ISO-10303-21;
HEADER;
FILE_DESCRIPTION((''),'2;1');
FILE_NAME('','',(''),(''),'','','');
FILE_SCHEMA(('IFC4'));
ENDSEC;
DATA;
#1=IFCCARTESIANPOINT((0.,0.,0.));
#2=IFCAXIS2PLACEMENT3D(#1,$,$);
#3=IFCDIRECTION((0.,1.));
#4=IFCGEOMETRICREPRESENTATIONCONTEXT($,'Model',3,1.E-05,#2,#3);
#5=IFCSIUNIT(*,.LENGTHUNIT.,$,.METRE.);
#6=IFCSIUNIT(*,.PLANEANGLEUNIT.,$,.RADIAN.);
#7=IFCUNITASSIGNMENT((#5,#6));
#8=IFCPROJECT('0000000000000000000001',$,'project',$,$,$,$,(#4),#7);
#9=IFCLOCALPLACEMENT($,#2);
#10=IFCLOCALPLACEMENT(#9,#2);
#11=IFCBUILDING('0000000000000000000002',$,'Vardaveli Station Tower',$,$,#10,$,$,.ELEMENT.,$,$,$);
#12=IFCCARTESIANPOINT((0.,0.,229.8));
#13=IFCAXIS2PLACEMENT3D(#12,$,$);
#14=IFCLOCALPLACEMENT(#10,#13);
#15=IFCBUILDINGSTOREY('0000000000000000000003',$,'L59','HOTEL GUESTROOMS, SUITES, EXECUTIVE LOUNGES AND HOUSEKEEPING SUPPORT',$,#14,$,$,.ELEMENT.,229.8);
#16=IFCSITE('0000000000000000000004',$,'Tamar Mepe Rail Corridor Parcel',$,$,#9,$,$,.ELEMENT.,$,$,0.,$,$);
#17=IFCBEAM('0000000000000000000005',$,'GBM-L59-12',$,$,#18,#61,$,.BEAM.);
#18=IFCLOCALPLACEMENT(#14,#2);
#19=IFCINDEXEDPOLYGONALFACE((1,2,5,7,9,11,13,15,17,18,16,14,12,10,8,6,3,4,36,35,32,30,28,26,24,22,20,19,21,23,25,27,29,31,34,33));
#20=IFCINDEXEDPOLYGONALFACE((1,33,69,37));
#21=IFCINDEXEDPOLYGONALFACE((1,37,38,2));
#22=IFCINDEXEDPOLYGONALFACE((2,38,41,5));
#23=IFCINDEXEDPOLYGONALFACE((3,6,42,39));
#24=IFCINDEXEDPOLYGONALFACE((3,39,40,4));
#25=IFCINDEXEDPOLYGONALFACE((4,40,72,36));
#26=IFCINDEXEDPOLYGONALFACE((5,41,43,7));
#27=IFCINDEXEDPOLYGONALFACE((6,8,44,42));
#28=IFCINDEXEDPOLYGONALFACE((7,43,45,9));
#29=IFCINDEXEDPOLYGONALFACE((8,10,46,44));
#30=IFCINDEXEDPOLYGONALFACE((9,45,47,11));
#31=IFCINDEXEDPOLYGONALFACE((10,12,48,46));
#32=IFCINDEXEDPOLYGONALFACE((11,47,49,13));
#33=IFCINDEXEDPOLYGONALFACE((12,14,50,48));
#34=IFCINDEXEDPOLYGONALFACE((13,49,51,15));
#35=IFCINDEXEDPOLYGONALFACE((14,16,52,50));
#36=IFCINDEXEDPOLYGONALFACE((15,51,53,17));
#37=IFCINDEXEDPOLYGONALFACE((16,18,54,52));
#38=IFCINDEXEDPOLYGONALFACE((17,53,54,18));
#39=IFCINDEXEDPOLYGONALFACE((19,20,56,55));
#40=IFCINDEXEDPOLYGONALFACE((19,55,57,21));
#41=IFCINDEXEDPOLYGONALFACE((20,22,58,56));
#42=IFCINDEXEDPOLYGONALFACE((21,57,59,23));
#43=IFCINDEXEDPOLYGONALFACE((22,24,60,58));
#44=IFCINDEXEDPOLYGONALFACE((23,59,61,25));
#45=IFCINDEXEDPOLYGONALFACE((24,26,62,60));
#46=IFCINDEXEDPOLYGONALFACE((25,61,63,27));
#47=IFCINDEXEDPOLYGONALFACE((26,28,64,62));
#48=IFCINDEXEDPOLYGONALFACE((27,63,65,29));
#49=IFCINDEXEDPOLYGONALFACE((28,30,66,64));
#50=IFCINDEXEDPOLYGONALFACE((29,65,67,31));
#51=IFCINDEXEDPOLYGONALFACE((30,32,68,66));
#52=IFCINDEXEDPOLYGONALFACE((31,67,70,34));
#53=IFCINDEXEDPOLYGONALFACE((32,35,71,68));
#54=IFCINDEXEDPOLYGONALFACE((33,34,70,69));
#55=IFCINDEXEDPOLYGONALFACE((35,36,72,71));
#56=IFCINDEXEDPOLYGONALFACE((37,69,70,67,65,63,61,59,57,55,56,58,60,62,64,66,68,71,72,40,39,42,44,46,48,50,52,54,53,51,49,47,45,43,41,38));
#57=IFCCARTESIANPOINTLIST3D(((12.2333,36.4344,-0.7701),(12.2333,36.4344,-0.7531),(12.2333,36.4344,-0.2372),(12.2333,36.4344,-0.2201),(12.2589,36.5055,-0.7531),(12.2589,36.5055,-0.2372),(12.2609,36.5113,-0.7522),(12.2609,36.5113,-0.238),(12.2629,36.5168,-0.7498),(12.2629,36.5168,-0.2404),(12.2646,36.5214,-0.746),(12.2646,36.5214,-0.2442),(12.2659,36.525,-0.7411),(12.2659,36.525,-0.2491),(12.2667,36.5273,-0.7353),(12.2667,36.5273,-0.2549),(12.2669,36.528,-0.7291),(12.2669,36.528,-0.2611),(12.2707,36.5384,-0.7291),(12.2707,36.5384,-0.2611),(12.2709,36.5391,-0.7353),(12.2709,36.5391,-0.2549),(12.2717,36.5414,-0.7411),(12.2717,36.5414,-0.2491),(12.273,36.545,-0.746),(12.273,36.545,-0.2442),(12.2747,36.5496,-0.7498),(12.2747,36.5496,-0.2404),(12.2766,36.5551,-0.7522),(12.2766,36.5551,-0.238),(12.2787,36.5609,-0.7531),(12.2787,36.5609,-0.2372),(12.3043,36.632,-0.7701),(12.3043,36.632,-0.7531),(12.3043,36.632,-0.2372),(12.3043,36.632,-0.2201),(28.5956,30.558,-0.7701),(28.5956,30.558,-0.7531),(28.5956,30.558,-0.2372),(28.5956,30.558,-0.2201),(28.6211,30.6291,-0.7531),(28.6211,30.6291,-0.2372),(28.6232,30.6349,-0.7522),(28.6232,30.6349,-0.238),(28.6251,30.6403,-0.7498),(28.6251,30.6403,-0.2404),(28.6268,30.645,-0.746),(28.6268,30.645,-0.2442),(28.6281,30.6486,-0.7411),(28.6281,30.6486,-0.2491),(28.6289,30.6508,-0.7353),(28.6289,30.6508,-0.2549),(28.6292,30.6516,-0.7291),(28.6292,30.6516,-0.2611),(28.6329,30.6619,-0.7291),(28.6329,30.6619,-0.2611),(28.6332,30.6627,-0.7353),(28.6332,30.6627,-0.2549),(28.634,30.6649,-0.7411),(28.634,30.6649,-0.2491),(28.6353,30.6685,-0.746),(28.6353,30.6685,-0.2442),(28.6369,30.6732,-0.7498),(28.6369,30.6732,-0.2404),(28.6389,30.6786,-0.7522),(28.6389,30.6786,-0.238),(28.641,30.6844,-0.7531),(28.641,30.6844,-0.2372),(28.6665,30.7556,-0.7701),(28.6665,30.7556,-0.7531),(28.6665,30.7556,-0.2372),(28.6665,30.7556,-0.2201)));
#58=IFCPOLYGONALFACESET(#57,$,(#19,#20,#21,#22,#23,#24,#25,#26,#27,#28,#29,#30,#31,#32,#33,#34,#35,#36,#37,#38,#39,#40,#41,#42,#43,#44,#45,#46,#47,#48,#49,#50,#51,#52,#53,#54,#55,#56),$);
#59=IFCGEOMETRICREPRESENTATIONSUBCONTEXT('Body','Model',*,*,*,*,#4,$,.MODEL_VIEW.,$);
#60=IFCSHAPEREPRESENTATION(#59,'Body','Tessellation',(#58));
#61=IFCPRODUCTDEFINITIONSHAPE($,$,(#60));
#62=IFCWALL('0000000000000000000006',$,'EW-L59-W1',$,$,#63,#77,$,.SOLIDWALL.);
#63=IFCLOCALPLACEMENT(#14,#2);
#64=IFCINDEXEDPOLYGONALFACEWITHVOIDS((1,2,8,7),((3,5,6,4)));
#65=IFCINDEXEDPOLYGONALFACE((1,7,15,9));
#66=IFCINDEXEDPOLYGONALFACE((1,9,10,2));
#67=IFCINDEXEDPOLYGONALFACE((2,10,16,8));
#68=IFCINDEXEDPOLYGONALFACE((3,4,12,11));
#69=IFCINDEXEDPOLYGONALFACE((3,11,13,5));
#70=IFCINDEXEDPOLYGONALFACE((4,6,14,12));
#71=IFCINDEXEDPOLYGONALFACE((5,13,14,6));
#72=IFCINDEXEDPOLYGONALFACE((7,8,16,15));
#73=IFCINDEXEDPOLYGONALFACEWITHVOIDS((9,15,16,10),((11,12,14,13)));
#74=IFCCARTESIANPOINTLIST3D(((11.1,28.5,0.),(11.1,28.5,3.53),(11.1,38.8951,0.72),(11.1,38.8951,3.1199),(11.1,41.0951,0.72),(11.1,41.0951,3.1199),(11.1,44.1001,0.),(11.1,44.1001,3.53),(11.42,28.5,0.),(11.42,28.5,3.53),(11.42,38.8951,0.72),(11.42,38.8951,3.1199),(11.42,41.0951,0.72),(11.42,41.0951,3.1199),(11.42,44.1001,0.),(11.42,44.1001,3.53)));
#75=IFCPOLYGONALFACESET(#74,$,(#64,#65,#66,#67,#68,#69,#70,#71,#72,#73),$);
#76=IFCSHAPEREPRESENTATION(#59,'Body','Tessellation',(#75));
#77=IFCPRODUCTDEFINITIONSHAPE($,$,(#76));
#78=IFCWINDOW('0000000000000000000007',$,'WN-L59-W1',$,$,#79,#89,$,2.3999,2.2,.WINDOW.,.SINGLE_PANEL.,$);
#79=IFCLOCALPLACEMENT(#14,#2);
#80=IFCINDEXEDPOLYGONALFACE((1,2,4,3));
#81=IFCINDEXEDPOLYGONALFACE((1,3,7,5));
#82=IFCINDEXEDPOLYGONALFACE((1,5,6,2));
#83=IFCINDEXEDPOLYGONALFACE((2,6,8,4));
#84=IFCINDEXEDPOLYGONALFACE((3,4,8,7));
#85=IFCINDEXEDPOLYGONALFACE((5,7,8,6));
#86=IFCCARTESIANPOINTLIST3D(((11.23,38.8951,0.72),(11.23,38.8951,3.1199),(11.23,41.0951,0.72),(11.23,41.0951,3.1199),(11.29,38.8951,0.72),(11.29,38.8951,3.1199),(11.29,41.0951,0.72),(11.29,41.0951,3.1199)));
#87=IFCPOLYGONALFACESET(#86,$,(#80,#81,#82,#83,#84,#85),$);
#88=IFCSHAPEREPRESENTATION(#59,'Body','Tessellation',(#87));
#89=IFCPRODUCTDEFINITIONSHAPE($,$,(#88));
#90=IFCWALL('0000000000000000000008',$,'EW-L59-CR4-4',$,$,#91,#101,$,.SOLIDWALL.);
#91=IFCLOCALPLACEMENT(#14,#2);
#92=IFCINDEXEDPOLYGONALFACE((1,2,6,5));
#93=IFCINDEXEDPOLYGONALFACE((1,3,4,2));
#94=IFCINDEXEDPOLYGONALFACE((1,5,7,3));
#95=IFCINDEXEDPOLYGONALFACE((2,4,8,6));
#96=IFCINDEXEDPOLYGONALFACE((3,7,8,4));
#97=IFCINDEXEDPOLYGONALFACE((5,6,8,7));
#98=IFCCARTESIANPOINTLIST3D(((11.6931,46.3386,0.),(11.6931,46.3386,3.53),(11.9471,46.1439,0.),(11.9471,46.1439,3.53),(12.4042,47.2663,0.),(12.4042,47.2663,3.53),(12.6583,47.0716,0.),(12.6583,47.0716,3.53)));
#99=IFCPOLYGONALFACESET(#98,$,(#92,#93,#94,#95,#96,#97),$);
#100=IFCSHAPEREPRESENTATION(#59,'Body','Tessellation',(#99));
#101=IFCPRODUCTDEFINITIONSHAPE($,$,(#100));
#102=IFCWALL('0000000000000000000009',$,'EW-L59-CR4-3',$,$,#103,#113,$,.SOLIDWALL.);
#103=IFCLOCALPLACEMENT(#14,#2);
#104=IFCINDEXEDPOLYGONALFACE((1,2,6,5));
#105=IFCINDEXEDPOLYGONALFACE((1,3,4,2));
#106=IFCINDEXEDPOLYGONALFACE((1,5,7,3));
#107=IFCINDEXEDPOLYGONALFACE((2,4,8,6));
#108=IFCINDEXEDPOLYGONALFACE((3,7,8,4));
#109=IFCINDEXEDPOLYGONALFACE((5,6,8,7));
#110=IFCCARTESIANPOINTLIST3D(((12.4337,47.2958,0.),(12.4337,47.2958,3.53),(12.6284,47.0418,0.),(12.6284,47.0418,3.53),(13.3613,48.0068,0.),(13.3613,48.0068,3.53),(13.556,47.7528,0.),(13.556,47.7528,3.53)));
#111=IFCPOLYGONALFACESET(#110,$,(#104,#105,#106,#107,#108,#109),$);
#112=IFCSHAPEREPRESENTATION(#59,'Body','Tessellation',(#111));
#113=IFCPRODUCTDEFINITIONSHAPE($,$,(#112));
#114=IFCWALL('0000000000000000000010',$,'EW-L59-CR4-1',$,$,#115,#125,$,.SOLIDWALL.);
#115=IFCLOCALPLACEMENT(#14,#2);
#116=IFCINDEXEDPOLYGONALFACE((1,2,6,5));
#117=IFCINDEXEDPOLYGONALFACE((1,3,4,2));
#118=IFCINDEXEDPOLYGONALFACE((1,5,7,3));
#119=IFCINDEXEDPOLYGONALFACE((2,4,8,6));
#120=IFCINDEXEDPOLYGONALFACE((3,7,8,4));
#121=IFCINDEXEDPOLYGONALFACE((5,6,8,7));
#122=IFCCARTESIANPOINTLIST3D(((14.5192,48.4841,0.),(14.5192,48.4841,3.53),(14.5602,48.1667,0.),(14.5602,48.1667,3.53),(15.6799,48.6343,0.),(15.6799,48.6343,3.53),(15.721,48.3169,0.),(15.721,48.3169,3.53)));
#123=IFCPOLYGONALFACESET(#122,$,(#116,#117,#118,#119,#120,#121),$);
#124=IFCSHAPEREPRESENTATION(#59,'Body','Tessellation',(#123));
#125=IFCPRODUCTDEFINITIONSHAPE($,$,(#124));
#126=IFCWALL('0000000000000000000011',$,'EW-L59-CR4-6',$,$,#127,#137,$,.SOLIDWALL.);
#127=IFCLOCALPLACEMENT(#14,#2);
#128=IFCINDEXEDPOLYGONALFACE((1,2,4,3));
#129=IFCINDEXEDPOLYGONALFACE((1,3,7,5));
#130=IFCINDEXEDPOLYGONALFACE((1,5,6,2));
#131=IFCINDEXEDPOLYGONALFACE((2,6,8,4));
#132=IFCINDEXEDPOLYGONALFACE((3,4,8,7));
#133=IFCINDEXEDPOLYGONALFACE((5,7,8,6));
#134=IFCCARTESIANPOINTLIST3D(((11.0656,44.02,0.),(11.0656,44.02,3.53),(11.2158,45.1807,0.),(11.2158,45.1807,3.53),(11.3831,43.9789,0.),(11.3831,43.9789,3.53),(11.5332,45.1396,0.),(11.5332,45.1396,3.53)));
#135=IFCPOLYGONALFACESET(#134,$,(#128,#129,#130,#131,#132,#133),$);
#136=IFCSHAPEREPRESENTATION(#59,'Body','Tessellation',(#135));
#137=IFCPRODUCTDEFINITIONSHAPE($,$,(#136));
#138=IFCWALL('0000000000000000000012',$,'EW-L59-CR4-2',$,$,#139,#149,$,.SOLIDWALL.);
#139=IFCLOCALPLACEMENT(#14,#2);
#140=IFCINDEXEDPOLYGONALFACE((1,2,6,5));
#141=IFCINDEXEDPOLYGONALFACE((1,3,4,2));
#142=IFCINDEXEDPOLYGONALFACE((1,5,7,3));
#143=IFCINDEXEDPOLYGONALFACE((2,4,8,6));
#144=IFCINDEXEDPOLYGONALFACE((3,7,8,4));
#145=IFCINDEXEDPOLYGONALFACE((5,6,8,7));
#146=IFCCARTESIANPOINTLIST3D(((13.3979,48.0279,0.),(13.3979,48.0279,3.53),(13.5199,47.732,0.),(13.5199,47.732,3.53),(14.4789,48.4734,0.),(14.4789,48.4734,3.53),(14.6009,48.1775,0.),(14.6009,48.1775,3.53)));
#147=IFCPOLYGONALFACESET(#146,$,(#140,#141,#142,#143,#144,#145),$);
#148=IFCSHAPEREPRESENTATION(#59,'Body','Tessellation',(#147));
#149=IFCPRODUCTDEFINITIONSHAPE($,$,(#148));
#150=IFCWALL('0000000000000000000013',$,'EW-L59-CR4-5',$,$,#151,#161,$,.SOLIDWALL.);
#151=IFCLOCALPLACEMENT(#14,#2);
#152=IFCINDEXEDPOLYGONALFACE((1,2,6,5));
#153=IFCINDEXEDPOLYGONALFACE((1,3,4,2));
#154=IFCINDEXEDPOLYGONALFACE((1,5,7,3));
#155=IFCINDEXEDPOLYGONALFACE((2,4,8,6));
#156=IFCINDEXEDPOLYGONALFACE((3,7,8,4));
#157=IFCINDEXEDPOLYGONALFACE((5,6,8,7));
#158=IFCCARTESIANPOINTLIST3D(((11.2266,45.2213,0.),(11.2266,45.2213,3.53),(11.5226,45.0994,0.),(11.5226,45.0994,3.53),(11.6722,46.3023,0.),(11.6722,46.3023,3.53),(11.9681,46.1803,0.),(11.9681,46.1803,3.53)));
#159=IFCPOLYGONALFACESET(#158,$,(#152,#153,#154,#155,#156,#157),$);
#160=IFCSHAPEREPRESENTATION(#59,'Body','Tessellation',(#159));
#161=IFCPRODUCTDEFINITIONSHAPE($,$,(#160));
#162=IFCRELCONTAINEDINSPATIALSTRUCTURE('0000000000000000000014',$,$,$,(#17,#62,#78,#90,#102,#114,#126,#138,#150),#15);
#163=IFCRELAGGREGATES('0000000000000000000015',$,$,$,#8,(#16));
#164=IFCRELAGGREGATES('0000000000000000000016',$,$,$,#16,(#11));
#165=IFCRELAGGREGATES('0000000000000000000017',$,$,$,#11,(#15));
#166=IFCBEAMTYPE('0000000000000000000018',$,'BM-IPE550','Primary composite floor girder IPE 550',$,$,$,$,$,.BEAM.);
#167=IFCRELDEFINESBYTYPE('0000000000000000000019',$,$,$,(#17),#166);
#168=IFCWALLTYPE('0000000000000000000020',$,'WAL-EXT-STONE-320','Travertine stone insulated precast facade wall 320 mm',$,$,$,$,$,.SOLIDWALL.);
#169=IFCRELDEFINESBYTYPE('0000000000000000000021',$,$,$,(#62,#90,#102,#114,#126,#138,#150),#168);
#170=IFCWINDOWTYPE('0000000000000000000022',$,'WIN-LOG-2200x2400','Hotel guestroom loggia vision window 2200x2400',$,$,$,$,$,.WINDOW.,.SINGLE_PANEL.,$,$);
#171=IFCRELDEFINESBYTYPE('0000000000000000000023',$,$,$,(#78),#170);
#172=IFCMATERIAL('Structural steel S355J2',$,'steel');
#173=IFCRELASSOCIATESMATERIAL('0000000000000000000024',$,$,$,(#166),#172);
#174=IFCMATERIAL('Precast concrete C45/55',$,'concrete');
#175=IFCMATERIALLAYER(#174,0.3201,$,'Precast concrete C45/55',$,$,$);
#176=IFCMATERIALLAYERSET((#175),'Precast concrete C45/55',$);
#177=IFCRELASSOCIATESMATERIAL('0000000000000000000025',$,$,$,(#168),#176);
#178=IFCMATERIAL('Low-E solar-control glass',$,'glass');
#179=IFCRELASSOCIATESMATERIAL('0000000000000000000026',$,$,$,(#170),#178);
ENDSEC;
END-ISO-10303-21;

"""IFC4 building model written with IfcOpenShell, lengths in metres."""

from ifc_helpers import new_model, si_unit, direction, frame, frame_2d, origin, origin_2d, place, context, subcontext, project, spatial, rectangle, i_section, extrude, source, transform, mapped, material, layer, layer_set, material_profile, profile_set, type_object, element, fill, save


model = new_model("IFC4")

# Units and contexts
model_context = context("Model", 3, precision=1e-05, world=origin(), true_north=direction((0.0, 1.0)))
body_context = subcontext(model_context, "Body", "Model", "MODEL_VIEW")
ifc_project = project(units=[si_unit("LENGTHUNIT", "METRE"), si_unit("PLANEANGLEUNIT", "RADIAN")], contexts=[model_context])

# Site, building, storey
site_placement = place(None, origin())
site = spatial("IfcSite", under=ifc_project, at=site_placement, Name="Tamar Mepe Rail Corridor Parcel", CompositionType="ELEMENT", RefElevation=0.0)
building_placement = place(site_placement, origin())
building = spatial("IfcBuilding", under=site, at=building_placement, Name="Vardaveli Station Tower", CompositionType="ELEMENT")
storey_placement = place(building_placement, frame((0.0, 0.0, 229.8)))
storey = spatial("IfcBuildingStorey", under=building, at=storey_placement, Name="L59", Description="HOTEL GUESTROOMS, SUITES, EXECUTIVE LOUNGES AND HOUSEKEEPING SUPPORT", CompositionType="ELEMENT", Elevation=229.8)

# Beam
ifc_material_1 = material(Name="Precast concrete C45/55", Category="concrete")
ifc_material_2 = material(Name="Structural steel S355J2", Category="steel")
ifc_material_profile_1 = material_profile(ifc_material_2, i_section(OverallWidth=0.21, OverallDepth=0.55, WebThickness=0.011, FlangeThickness=0.0171, FilletRadius=0.0239, at=origin_2d()), Name="IPE 550")
ifc_profile_set_1 = profile_set([ifc_material_profile_1], Name="Structural steel S355J2")
beam_type_1 = type_object("IfcBeamType", Name="BM-IPE550", Description="Primary composite floor girder IPE 550", PredefinedType="BEAM", material=ifc_profile_set_1)
shared_shape_1 = source(origin(), body_context, "Body", "SweptSolid", [
    extrude(i_section(OverallWidth=0.21, OverallDepth=0.55, WebThickness=0.011, FlangeThickness=0.0171, FilletRadius=0.0239, at=origin_2d()), origin(), (0.0, 0.0, 1.0), 17.3855),
])
beam_1_placement = place(storey_placement, frame((12.2688, 36.5332, -0.4951), z_axis=(0.941143, -0.338008, 0.0), x_axis=(0.338008, 0.941143, 0.0)))
element("IfcBeam", 1, at=beam_1_placement, inside=storey, type_object=beam_type_1, Name="GBM-L59-12", PredefinedType="BEAM", context=body_context, shape_type="MappedRepresentation", body=[
    mapped(shared_shape_1, transform((0.0, 0.0, 0.0), scale=1.0)),
])

# Wall, opening, window
ifc_layer_1 = layer(ifc_material_1, 0.3201, Name="Precast concrete C45/55")
ifc_layer_set_1 = layer_set([ifc_layer_1], Name="Precast concrete C45/55")
wall_type_1 = type_object("IfcWallType", Name="WAL-EXT-STONE-320", Description="Travertine stone insulated precast facade wall 320 mm", PredefinedType="SOLIDWALL", material=ifc_layer_set_1)
shared_shape_2 = source(origin(), body_context, "Body", "SweptSolid", [
    extrude(rectangle(XDim=15.6001, YDim=0.3201, at=frame_2d((7.8, 0.0))), origin(), (0.0, 0.0, 1.0), 3.53),
])
wall_1_placement = place(storey_placement, frame((11.26, 44.1001, 0.0), z_axis=(0.0, 0.0, 1.0), x_axis=(0.0, -1.0, 0.0)))
wall_1 = element("IfcWall", 2, at=wall_1_placement, inside=storey, type_object=wall_type_1, Name="EW-L59-W1", PredefinedType="SOLIDWALL", context=body_context, shape_type="MappedRepresentation", body=[
    mapped(shared_shape_2, transform((0.0, 0.0, 0.0), scale=1.0)),
])
shared_shape_3 = source(origin(), body_context, "Body", "SweptSolid", [
    extrude(rectangle(XDim=2.2, YDim=2.3999, at=frame_2d((1.1001, 1.2))), frame((0.0, 0.1699, 0.0), z_axis=(0.0, -1.0, 0.0), x_axis=(1.0, 0.0, 0.0)), (0.0, 0.0, 1.0), 0.3401),
])
opening_1_placement = place(wall_1_placement, frame((3.0049, 0.0, 0.72)))
opening_1 = element("IfcOpeningElement", 3, at=opening_1_placement, cuts=wall_1, PredefinedType="OPENING", context=body_context, shape_type="MappedRepresentation", body=[
    mapped(shared_shape_3, transform((0.0, 0.0, 0.0), scale=1.0)),
])
ifc_material_3 = material(Name="Low-E solar-control glass", Category="glass")
window_type = type_object("IfcWindowType", Name="WIN-LOG-2200x2400", Description="Hotel guestroom loggia vision window 2200x2400", PartitioningType="SINGLE_PANEL", PredefinedType="WINDOW", material=ifc_material_3)
shared_shape_4 = source(origin(), body_context, "Body", "SweptSolid", [
    extrude(rectangle(XDim=2.2, YDim=2.3999, at=frame_2d((1.1001, 1.2))), frame((0.0, 0.03, 0.0), z_axis=(0.0, -1.0, 0.0), x_axis=(1.0, 0.0, 0.0)), (0.0, 0.0, 1.0), 0.0601),
])
window_placement = place(opening_1_placement, origin())
window = element("IfcWindow", 4, at=window_placement, inside=storey, type_object=window_type, Name="WN-L59-W1", OverallHeight=2.3999, OverallWidth=2.2, PartitioningType="SINGLE_PANEL", PredefinedType="WINDOW", context=body_context, shape_type="MappedRepresentation", body=[
    mapped(shared_shape_4, transform((0.0, 0.0, 0.0), scale=1.0)),
])
fill(opening_1, window)

# Walls
shared_shape_5 = source(origin(), body_context, "Body", "SweptSolid", [
    extrude(rectangle(XDim=1.1689, YDim=0.3201, at=frame_2d((0.5845, 0.0))), origin(), (0.0, 0.0, 1.0), 3.53),
])
wall_2_placement = place(storey_placement, frame((12.5312, 47.1689, 0.0), z_axis=(0.0, 0.0, 1.0), x_axis=(-0.608388, -0.79364, 0.0)))
element("IfcWall", 5, at=wall_2_placement, inside=storey, type_object=wall_type_1, Name="EW-L59-CR4-4", PredefinedType="SOLIDWALL", context=body_context, shape_type="MappedRepresentation", body=[
    mapped(shared_shape_5, transform((0.0, 0.0, 0.0), scale=1.0)),
])
shared_shape_6 = source(origin(), body_context, "Body", "SweptSolid", [
    extrude(rectangle(XDim=1.1687, YDim=0.3201, at=frame_2d((0.5845, 0.0))), origin(), (0.0, 0.0, 1.0), 3.53),
])
wall_3_placement = place(storey_placement, frame((13.4587, 47.8799, 0.0), z_axis=(0.0, 0.0, 1.0), x_axis=(-0.793664, -0.608357, 0.0)))
element("IfcWall", 6, at=wall_3_placement, inside=storey, type_object=wall_type_1, Name="EW-L59-CR4-3", PredefinedType="SOLIDWALL", context=body_context, shape_type="MappedRepresentation", body=[
    mapped(shared_shape_6, transform((0.0, 0.0, 0.0), scale=1.0)),
])
shared_shape_7 = source(origin(), body_context, "Body", "SweptSolid", [
    extrude(rectangle(XDim=1.1704, YDim=0.3201, at=frame_2d((0.5852, 0.0))), origin(), (0.0, 0.0, 1.0), 3.53),
])
for number, where, z_axis, x_axis, name in (
    (7, (15.7004, 48.4756, 0.0), (0.0, 0.0, 1.0), (-0.991736, -0.128296, 0.0), "EW-L59-CR4-1"),
    (8, (11.3745, 45.1602, 0.0), (0.0, 0.0, 1.0), (-0.128296, -0.991736, 0.0), "EW-L59-CR4-6"),
):
    element("IfcWall", number, at=place(storey_placement, frame(where, z_axis=z_axis, x_axis=x_axis)), inside=storey, type_object=wall_type_1, Name=name, PredefinedType="SOLIDWALL", context=body_context, shape_type="MappedRepresentation", body=[
        mapped(shared_shape_7, transform((0.0, 0.0, 0.0), scale=1.0)),
    ])
shared_shape_8 = source(origin(), body_context, "Body", "SweptSolid", [
    extrude(rectangle(XDim=1.1692, YDim=0.3201, at=frame_2d((0.5845, 0.0))), origin(), (0.0, 0.0, 1.0), 3.53),
])
for number, where, z_axis, x_axis, name in (
    (9, (14.5398, 48.3254, 0.0), (0.0, 0.0, 1.0), (-0.924553, -0.381054, 0.0), "EW-L59-CR4-2"),
    (10, (11.8201, 46.2412, 0.0), (0.0, 0.0, 1.0), (-0.381054, -0.924553, 0.0), "EW-L59-CR4-5"),
):
    element("IfcWall", number, at=place(storey_placement, frame(where, z_axis=z_axis, x_axis=x_axis)), inside=storey, type_object=wall_type_1, Name=name, PredefinedType="SOLIDWALL", context=body_context, shape_type="MappedRepresentation", body=[
        mapped(shared_shape_8, transform((0.0, 0.0, 0.0), scale=1.0)),
    ])

save(model, "model.ifc")
